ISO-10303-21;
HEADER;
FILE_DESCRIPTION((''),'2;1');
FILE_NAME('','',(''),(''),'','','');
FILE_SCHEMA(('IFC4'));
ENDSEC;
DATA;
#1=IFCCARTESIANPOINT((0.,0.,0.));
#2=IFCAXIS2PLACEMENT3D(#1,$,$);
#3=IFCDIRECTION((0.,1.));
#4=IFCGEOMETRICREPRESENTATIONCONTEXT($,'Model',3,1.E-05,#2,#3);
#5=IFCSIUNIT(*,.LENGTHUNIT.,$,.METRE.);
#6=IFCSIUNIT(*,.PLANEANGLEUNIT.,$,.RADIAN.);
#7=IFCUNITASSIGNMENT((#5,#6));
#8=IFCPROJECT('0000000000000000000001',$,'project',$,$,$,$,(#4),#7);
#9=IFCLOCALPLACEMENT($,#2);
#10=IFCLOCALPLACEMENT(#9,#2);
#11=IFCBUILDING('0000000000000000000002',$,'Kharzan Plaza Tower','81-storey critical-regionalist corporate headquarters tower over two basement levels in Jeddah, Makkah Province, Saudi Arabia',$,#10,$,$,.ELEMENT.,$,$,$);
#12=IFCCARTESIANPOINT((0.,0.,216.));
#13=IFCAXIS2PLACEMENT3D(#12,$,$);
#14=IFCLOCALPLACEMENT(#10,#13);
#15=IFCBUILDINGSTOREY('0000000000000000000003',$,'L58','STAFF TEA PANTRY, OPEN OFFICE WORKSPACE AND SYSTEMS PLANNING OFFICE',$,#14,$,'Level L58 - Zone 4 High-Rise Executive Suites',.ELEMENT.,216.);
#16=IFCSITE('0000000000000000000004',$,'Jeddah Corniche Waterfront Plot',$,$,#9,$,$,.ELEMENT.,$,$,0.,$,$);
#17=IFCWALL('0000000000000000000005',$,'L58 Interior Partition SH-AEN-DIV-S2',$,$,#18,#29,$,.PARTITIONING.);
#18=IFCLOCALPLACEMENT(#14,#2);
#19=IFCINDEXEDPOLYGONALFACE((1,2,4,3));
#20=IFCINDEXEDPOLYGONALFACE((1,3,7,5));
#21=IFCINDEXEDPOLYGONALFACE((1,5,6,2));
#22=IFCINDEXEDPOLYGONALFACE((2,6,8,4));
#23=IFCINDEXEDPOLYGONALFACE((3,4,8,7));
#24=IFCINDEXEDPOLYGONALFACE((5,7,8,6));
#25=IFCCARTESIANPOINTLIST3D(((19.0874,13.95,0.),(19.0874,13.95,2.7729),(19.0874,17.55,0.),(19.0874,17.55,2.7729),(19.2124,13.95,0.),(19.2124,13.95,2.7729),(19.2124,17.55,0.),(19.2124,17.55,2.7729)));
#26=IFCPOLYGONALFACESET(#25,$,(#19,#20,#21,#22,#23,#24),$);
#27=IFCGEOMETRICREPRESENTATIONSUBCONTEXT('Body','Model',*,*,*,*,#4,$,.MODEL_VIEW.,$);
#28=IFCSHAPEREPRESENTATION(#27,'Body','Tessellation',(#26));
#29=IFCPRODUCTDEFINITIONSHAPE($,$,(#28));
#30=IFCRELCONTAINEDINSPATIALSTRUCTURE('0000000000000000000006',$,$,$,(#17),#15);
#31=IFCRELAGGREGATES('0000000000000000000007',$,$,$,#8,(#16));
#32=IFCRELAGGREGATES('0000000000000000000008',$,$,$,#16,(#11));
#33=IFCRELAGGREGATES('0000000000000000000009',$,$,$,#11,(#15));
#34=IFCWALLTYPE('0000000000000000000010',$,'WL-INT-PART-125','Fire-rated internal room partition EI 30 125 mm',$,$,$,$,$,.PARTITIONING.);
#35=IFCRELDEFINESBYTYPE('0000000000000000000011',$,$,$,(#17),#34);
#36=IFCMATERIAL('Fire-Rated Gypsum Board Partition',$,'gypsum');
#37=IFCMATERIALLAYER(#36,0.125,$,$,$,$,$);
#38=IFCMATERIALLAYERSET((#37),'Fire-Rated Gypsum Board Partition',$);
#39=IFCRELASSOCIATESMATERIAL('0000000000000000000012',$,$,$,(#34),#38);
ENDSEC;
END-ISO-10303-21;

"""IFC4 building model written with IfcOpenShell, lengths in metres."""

from ifc_helpers import new_model, si_unit, direction, frame, frame_2d, origin, place, context, subcontext, project, spatial, rectangle, extrude, source, transform, mapped, material, layer, layer_set, type_object, element, save


model = new_model("IFC4")

# Units and contexts
model_context = context("Model", 3, precision=1e-05, world=origin(), true_north=direction((0.0, 1.0)))
body_context = subcontext(model_context, "Body", "Model", "MODEL_VIEW")
ifc_project = project(units=[si_unit("LENGTHUNIT", "METRE"), si_unit("PLANEANGLEUNIT", "RADIAN")], contexts=[model_context])

# Site, building, storey
site_placement = place(None, origin())
site = spatial("IfcSite", under=ifc_project, at=site_placement, Name="Jeddah Corniche Waterfront Plot", CompositionType="ELEMENT", RefElevation=0.0)
building_placement = place(site_placement, origin())
building = spatial("IfcBuilding", under=site, at=building_placement, Name="Kharzan Plaza Tower", Description="81-storey critical-regionalist corporate headquarters tower over two basement levels in Jeddah, Makkah Province, Saudi Arabia", CompositionType="ELEMENT")
storey_placement = place(building_placement, frame((0.0, 0.0, 216.0)))
storey = spatial("IfcBuildingStorey", under=building, at=storey_placement, Name="L58", Description="STAFF TEA PANTRY, OPEN OFFICE WORKSPACE AND SYSTEMS PLANNING OFFICE", LongName="Level L58 - Zone 4 High-Rise Executive Suites", CompositionType="ELEMENT", Elevation=216.0)

# Shared definitions
ifc_material_1 = material(Name="Fire-Rated Gypsum Board Partition", Category="gypsum")
ifc_layer = layer(ifc_material_1, 0.125)
ifc_layer_set = layer_set([ifc_layer], Name="Fire-Rated Gypsum Board Partition")
wall_type = type_object("IfcWallType", Name="WL-INT-PART-125", Description="Fire-rated internal room partition EI 30 125 mm", PredefinedType="PARTITIONING", material=ifc_layer_set)

# Wall
shared_shape_1 = source(origin(), body_context, "Body", "SweptSolid", [
    extrude(rectangle(XDim=3.6001, YDim=0.125, at=frame_2d((1.8, 0.0))), origin(), (0.0, 0.0, 1.0), 2.7729),
])
wall_1_placement = place(storey_placement, frame((19.1499, 13.95, 0.0), z_axis=(0.0, 0.0, 1.0), x_axis=(0.0, 1.0, 0.0)))
element("IfcWall", 1, at=wall_1_placement, inside=storey, type_object=wall_type, Name="L58 Interior Partition SH-AEN-DIV-S2", PredefinedType="PARTITIONING", context=body_context, shape_type="MappedRepresentation", body=[
    mapped(shared_shape_1, transform((0.0, 0.0, 0.0), x_axis=(1.0, 0.0, 0.0), y_axis=(0.0, 1.0, 0.0), z_axis=(0.0, 0.0, 1.0))),
])

save(model, "model.ifc")
